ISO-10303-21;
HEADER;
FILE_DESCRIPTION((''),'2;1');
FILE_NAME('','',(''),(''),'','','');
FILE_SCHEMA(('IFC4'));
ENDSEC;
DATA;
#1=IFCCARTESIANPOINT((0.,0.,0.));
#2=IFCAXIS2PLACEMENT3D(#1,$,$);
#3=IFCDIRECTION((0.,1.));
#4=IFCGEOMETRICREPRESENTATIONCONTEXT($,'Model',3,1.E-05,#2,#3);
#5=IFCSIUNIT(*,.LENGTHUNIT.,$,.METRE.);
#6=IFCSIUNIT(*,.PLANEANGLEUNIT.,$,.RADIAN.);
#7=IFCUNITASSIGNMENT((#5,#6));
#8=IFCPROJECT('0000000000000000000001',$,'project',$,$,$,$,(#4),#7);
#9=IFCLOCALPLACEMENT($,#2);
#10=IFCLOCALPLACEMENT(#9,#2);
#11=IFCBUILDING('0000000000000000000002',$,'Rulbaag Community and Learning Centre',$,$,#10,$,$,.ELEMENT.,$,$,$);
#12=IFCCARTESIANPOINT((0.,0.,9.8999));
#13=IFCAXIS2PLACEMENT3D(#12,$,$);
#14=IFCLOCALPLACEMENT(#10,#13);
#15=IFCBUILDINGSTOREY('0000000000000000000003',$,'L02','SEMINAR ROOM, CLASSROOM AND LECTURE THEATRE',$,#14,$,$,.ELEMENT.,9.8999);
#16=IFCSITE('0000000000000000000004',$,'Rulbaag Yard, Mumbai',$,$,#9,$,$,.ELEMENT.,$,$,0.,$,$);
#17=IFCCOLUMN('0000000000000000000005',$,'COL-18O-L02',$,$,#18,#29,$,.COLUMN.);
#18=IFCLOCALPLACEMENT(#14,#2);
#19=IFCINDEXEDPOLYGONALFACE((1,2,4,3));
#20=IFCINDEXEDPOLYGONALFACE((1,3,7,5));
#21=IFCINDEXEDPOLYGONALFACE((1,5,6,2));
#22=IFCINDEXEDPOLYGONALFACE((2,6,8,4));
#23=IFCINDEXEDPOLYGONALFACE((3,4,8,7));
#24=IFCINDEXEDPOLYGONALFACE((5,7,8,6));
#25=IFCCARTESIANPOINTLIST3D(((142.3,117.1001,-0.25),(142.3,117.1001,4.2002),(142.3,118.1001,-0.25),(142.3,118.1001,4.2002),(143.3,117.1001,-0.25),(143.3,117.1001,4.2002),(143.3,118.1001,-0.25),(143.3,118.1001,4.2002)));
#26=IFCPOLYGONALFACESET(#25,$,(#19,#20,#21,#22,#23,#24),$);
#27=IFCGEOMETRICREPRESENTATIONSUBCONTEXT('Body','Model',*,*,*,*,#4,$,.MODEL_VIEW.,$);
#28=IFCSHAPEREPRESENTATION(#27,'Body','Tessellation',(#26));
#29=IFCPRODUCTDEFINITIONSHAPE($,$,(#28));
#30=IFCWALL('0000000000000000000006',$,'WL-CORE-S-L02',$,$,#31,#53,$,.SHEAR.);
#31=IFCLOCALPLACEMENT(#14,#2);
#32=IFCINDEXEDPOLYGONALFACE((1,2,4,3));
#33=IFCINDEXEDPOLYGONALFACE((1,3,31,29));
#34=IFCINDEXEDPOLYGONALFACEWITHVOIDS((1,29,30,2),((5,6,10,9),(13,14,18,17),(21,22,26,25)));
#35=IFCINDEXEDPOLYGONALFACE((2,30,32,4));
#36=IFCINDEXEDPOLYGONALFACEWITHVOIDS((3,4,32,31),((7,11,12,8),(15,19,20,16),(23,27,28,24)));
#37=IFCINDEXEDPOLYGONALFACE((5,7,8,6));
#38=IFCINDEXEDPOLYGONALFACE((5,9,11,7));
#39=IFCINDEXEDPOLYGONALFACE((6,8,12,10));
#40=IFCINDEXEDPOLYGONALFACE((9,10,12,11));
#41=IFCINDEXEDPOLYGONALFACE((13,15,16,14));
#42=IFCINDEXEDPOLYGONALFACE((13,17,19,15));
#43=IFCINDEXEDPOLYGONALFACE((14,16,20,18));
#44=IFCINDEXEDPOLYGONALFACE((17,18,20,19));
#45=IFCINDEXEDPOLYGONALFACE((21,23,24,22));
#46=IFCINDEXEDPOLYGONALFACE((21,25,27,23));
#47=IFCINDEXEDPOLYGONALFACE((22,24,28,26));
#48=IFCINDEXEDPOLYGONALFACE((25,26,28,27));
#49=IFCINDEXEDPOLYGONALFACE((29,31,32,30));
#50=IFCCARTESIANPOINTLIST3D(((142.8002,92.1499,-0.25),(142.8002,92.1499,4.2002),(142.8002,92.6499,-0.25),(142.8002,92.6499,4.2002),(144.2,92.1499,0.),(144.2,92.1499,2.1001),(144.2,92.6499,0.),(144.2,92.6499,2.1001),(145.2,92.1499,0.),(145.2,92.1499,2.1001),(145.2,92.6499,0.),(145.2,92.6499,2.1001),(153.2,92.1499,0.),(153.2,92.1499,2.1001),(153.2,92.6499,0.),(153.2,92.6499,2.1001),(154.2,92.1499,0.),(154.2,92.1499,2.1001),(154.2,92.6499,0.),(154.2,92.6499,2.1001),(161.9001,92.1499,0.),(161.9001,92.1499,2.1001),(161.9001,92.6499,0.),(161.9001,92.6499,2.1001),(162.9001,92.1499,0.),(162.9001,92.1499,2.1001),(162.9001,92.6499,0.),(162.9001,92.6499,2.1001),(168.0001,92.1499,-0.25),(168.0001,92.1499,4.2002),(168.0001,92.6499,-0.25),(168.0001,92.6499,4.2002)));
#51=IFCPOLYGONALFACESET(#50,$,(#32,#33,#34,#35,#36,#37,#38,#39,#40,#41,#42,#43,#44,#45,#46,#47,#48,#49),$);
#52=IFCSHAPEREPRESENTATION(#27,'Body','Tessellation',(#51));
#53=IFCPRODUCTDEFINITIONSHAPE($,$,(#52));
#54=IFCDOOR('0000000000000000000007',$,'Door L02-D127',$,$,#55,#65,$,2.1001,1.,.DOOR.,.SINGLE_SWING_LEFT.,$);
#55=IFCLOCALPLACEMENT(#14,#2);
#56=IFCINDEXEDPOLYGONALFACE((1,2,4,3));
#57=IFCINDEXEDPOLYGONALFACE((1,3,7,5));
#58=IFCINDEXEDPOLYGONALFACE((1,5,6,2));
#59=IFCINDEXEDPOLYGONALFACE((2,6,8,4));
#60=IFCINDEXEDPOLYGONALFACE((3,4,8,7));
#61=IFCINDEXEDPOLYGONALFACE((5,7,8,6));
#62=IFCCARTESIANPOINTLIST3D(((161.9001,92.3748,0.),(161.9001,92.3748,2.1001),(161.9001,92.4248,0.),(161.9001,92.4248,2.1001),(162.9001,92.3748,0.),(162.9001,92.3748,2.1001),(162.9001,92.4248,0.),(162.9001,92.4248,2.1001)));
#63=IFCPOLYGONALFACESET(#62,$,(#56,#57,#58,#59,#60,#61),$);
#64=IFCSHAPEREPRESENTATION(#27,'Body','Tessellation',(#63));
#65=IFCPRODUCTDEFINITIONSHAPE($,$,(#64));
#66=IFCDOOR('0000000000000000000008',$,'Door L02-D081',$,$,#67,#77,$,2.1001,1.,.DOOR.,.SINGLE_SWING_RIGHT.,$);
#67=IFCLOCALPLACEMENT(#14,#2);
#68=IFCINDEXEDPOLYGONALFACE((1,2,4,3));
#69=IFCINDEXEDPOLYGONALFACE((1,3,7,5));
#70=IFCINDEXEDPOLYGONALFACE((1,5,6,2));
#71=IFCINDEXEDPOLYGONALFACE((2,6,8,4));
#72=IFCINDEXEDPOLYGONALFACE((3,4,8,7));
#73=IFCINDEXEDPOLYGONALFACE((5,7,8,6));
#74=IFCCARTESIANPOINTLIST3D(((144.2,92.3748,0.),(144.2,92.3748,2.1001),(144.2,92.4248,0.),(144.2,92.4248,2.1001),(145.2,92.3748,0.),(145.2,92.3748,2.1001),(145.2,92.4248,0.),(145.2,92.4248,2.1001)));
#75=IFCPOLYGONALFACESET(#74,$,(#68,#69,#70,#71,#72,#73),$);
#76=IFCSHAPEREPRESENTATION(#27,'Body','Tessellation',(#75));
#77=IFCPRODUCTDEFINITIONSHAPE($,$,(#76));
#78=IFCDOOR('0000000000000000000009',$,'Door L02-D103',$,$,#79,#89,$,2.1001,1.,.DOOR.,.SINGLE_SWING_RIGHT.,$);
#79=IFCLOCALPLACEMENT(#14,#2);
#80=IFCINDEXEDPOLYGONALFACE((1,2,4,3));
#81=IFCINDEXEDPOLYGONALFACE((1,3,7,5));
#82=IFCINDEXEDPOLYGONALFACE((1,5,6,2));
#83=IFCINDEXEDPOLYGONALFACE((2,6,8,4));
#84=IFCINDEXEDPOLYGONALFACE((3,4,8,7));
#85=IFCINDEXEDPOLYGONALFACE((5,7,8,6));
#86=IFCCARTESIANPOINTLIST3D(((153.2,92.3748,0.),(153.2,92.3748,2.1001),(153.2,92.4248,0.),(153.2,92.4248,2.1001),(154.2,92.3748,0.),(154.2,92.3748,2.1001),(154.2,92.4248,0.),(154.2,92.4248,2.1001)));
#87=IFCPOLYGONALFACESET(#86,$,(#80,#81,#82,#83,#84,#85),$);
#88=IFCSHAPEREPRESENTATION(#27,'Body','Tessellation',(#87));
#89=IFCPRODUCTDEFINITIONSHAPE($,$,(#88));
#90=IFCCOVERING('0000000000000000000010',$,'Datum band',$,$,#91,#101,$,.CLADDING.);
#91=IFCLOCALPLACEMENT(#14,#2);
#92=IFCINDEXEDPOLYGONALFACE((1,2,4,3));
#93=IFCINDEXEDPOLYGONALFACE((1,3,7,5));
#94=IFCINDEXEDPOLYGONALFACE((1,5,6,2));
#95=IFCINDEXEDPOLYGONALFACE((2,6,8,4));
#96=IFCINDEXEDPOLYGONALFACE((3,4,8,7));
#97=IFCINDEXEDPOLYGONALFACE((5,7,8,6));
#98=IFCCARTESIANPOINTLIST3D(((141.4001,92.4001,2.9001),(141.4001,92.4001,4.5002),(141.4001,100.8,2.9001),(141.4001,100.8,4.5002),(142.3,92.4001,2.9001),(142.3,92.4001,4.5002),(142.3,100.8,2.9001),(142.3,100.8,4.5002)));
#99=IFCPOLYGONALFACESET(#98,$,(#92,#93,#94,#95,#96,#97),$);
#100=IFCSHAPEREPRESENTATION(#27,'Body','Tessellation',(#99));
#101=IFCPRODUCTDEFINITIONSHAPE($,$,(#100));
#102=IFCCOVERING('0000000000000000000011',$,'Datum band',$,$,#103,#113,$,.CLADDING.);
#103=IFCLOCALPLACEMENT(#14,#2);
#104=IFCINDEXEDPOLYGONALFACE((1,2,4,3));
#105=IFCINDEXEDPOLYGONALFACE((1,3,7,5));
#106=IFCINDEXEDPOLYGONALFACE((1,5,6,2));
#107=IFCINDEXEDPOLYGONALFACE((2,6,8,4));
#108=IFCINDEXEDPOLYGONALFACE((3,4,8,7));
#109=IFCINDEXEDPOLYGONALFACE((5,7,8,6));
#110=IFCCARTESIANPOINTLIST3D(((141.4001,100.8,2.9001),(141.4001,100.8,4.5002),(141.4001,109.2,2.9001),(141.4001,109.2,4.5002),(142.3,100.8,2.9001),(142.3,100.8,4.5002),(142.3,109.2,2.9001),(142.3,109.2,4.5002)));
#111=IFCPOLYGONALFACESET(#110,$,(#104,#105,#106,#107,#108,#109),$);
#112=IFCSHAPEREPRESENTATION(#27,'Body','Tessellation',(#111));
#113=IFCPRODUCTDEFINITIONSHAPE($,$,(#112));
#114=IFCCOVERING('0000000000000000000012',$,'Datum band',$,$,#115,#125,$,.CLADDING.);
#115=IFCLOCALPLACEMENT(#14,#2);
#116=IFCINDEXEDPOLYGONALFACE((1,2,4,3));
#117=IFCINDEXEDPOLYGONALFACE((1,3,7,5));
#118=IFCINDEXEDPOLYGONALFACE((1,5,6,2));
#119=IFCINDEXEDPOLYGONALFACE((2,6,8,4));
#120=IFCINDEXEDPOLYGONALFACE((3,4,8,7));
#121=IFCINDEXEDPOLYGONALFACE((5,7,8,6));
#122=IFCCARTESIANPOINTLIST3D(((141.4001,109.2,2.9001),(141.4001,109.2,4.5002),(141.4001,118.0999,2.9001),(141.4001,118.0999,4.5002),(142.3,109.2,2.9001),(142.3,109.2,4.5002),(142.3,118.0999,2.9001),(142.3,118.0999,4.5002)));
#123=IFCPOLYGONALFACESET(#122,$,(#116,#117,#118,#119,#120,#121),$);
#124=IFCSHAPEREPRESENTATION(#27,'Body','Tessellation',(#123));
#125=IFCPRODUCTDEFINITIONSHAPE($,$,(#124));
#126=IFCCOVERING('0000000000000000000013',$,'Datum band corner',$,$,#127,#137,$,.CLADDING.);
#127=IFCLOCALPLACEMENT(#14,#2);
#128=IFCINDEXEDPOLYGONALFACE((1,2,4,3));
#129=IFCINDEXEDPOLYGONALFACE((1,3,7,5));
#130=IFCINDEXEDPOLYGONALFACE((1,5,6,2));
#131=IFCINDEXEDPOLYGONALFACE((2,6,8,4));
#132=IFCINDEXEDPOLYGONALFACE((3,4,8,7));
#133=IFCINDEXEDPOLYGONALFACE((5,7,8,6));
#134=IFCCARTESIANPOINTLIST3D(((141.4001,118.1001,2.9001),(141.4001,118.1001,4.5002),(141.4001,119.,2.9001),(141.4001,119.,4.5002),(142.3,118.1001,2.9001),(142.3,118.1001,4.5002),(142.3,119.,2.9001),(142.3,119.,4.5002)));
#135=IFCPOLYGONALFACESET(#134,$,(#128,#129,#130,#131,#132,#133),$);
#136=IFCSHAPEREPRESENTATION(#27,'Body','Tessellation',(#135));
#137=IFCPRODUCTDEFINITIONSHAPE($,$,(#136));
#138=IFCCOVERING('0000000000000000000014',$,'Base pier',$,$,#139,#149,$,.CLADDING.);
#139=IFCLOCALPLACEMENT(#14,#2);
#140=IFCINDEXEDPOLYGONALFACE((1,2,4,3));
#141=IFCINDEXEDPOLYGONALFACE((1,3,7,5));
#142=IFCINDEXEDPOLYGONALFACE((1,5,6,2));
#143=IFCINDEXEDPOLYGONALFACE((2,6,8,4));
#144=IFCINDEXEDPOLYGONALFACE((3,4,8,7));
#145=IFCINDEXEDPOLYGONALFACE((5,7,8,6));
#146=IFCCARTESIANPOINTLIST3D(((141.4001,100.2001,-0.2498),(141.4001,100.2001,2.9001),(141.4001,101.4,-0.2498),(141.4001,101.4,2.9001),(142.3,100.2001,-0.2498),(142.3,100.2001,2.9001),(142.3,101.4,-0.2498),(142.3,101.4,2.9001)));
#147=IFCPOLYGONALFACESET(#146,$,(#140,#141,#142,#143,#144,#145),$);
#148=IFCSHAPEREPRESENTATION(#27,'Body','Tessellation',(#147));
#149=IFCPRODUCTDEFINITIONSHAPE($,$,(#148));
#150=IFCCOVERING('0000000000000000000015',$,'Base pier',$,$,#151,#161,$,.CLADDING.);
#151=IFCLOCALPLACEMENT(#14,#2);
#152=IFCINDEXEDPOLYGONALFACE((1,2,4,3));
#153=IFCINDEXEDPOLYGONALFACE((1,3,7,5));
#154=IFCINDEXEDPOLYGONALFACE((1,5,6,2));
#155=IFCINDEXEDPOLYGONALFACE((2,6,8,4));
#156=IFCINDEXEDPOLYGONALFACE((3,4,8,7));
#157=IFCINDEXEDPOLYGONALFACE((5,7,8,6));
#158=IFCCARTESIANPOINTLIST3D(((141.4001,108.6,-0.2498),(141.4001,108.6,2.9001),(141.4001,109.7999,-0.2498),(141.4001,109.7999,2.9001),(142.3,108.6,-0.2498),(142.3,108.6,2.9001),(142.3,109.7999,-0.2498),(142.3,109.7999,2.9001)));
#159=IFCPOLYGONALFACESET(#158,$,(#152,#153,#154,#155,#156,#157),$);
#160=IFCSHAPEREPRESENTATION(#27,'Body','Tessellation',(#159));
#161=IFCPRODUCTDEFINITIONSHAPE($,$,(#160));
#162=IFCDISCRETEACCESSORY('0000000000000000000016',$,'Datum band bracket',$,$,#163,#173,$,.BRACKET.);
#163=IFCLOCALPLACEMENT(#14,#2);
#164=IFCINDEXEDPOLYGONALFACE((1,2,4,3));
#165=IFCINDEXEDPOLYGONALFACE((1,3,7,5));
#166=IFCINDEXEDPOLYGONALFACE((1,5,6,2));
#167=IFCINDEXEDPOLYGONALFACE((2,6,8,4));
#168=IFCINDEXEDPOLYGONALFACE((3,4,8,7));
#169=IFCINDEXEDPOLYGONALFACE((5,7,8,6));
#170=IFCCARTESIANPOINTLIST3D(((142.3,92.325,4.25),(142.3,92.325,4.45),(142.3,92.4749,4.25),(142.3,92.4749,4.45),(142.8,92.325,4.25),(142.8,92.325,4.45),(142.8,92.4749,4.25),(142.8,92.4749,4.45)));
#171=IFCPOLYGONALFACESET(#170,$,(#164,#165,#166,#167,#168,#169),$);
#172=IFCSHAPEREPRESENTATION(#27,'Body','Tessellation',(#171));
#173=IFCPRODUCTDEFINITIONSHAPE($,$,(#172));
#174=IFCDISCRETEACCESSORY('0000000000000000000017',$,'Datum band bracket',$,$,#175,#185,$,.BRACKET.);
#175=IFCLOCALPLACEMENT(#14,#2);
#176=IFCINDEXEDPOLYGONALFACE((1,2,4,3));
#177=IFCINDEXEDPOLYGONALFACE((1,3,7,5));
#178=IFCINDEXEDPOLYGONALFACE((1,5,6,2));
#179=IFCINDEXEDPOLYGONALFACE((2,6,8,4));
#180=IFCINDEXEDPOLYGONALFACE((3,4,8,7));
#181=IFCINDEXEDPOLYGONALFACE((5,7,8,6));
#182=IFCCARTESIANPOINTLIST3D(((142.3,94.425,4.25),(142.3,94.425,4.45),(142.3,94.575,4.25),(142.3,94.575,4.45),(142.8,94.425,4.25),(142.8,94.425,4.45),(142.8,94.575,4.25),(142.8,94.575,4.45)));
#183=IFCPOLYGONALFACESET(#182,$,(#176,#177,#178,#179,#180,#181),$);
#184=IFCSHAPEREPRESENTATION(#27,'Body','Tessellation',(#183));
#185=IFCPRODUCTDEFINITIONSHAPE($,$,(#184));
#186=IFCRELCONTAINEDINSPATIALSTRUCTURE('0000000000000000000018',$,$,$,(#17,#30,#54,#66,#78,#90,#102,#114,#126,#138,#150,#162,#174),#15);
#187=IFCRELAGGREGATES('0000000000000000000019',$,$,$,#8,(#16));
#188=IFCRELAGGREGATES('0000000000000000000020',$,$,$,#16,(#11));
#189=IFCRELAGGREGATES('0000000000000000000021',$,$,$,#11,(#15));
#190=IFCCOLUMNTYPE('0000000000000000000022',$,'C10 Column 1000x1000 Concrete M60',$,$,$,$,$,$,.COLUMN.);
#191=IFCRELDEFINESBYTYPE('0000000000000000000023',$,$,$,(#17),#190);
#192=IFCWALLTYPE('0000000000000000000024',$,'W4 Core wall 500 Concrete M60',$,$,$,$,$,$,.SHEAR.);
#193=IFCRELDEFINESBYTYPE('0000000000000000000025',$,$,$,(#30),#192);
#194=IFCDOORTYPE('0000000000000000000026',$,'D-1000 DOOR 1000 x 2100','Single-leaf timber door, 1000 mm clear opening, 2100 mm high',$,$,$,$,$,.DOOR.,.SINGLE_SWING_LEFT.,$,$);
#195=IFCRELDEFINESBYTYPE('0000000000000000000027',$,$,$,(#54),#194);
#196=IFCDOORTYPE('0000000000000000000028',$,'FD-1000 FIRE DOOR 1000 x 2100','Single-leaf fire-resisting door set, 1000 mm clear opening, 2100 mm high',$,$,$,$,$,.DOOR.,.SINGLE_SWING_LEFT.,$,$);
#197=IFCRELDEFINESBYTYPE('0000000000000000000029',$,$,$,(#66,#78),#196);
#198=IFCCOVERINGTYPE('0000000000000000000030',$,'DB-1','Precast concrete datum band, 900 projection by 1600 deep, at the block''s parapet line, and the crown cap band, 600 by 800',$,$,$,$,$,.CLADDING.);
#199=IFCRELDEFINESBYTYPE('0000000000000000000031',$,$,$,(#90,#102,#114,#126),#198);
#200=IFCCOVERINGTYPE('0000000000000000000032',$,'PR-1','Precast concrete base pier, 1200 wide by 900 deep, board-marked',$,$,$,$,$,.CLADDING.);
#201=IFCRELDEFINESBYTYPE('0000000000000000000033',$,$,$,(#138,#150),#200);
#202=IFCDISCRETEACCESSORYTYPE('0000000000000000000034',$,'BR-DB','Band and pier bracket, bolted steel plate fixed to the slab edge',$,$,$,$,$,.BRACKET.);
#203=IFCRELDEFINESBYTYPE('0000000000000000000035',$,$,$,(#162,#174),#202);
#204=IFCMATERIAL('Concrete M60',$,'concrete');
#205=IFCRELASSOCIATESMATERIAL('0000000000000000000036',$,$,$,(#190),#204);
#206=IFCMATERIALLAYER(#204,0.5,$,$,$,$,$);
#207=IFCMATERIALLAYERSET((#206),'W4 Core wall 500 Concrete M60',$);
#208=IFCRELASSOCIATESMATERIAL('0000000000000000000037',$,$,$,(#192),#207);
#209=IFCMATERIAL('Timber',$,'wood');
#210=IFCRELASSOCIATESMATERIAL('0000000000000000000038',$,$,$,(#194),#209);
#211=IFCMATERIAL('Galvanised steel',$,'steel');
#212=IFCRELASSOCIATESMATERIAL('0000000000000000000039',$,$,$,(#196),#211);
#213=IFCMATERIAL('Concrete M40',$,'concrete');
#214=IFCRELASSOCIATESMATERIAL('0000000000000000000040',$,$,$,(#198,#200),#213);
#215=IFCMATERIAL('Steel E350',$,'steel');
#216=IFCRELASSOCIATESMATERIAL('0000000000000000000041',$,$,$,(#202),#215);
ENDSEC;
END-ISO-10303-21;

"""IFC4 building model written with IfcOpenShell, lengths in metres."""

from ifc_helpers import new_model, si_unit, direction, frame, frame_2d, origin, origin_2d, place, context, subcontext, project, spatial, rectangle, extrude, material, layer, layer_set, material_profile, profile_set, type_object, element, fill, save


model = new_model("IFC4")

# Units and contexts
model_context = context("Model", 3, precision=1e-05, world=origin(), true_north=direction((0.0, 1.0)))
body_context = subcontext(model_context, "Body", "Model", "MODEL_VIEW")
ifc_project = project(units=[si_unit("LENGTHUNIT", "METRE"), si_unit("PLANEANGLEUNIT", "RADIAN")], contexts=[model_context])

# Site, building, storey
site_placement = place(None, origin())
site = spatial("IfcSite", under=ifc_project, at=site_placement, Name="Rulbaag Yard, Mumbai", CompositionType="ELEMENT", RefElevation=0.0)
building_placement = place(site_placement, origin())
building = spatial("IfcBuilding", under=site, at=building_placement, Name="Rulbaag Community and Learning Centre", CompositionType="ELEMENT")
storey_placement = place(building_placement, frame((0.0, 0.0, 9.8999)))
storey = spatial("IfcBuildingStorey", under=building, at=storey_placement, Name="L02", Description="SEMINAR ROOM, CLASSROOM AND LECTURE THEATRE", CompositionType="ELEMENT", Elevation=9.8999)

# Column
ifc_material_1 = material(Name="Concrete M60", Category="concrete")
ifc_material_profile = material_profile(ifc_material_1, rectangle(XDim=1.0, YDim=1.0, at=origin_2d()), Name="RC1000x1000")
ifc_profile_set = profile_set([ifc_material_profile], Name="Concrete M60")
column_type = type_object("IfcColumnType", Name="C10 Column 1000x1000 Concrete M60", PredefinedType="COLUMN", material=ifc_profile_set)
column_placement = place(storey_placement, frame((142.8, 117.6001, -0.25), z_axis=(0.0, 0.0, 1.0), x_axis=(1.0, 0.0, 0.0)))
element("IfcColumn", 1, at=column_placement, inside=storey, type_object=column_type, Name="COL-18O-L02", PredefinedType="COLUMN", context=body_context, shape_type="SweptSolid", body=[
    extrude(rectangle(XDim=1.0, YDim=1.0, at=origin_2d()), origin(), (0.0, 0.0, 1.0), 4.4502),
])

# Wall, openings, doors
ifc_layer = layer(ifc_material_1, 0.5)
ifc_layer_set = layer_set([ifc_layer], Name="W4 Core wall 500 Concrete M60")
wall_type = type_object("IfcWallType", Name="W4 Core wall 500 Concrete M60", PredefinedType="SHEAR", material=ifc_layer_set)
wall_placement = place(storey_placement, frame((142.8, 92.3999, -0.25), z_axis=(0.0, 0.0, 1.0), x_axis=(1.0, 0.0, 0.0)))
wall = element("IfcWall", 2, at=wall_placement, inside=storey, type_object=wall_type, Name="WL-CORE-S-L02", PredefinedType="SHEAR", context=body_context, shape_type="SweptSolid", body=[
    extrude(rectangle(XDim=25.2, YDim=0.5, at=frame_2d((12.6001, 0.0))), origin(), (0.0, 0.0, 1.0), 4.4502),
])
opening_1_placement = place(wall_placement, frame((1.3999, 0.0, 0.25)))
opening_1 = element("IfcOpeningElement", 3, at=opening_1_placement, cuts=wall, PredefinedType="OPENING", context=body_context, shape_type="SweptSolid", body=[
    extrude(rectangle(XDim=1.0, YDim=2.1001, at=frame_2d((0.5, 1.05))), frame((0.0, 0.26, 0.0), z_axis=(0.0, -1.0, 0.0), x_axis=(1.0, 0.0, 0.0)), (0.0, 0.0, 1.0), 0.52),
])
opening_2_placement = place(wall_placement, frame((19.1001, 0.0, 0.25)))
opening_2 = element("IfcOpeningElement", 4, at=opening_2_placement, cuts=wall, PredefinedType="OPENING", context=body_context, shape_type="SweptSolid", body=[
    extrude(rectangle(XDim=1.0, YDim=2.1001, at=frame_2d((0.5, 1.05))), frame((0.0, 0.26, 0.0), z_axis=(0.0, -1.0, 0.0), x_axis=(1.0, 0.0, 0.0)), (0.0, 0.0, 1.0), 0.52),
])
opening_3_placement = place(wall_placement, frame((10.3999, 0.0, 0.25)))
opening_3 = element("IfcOpeningElement", 5, at=opening_3_placement, cuts=wall, PredefinedType="OPENING", context=body_context, shape_type="SweptSolid", body=[
    extrude(rectangle(XDim=1.0, YDim=2.1001, at=frame_2d((0.5, 1.05))), frame((0.0, 0.26, 0.0), z_axis=(0.0, -1.0, 0.0), x_axis=(1.0, 0.0, 0.0)), (0.0, 0.0, 1.0), 0.52),
])
ifc_material_2 = material(Name="Timber", Category="wood")
door_type_1 = type_object("IfcDoorType", Name="D-1000 DOOR 1000 x 2100", Description="Single-leaf timber door, 1000 mm clear opening, 2100 mm high", OperationType="SINGLE_SWING_LEFT", PredefinedType="DOOR", material=ifc_material_2)
door_1_placement = place(opening_2_placement, origin())
door_1 = element("IfcDoor", 6, at=door_1_placement, inside=storey, type_object=door_type_1, Name="Door L02-D127", OperationType="SINGLE_SWING_LEFT", OverallHeight=2.1001, OverallWidth=1.0, PredefinedType="DOOR", context=body_context, shape_type="SweptSolid", body=[
    extrude(rectangle(XDim=1.0, YDim=2.1001, at=frame_2d((0.5, 1.05))), frame((0.0, 0.0249, 0.0), z_axis=(0.0, -1.0, 0.0), x_axis=(1.0, 0.0, 0.0)), (0.0, 0.0, 1.0), 0.05),
])
fill(opening_2, door_1)
ifc_material_3 = material(Name="Galvanised steel", Category="steel")
door_type_2 = type_object("IfcDoorType", Name="FD-1000 FIRE DOOR 1000 x 2100", Description="Single-leaf fire-resisting door set, 1000 mm clear opening, 2100 mm high", OperationType="SINGLE_SWING_LEFT", PredefinedType="DOOR", material=ifc_material_3)
door_2_placement = place(opening_1_placement, origin())
door_2 = element("IfcDoor", 7, at=door_2_placement, inside=storey, type_object=door_type_2, Name="Door L02-D081", OperationType="SINGLE_SWING_RIGHT", OverallHeight=2.1001, OverallWidth=1.0, PredefinedType="DOOR", context=body_context, shape_type="SweptSolid", body=[
    extrude(rectangle(XDim=1.0, YDim=2.1001, at=frame_2d((0.5, 1.05))), frame((0.0, 0.0249, 0.0), z_axis=(0.0, -1.0, 0.0), x_axis=(1.0, 0.0, 0.0)), (0.0, 0.0, 1.0), 0.05),
])
fill(opening_1, door_2)
door_3_placement = place(opening_3_placement, origin())
door_3 = element("IfcDoor", 8, at=door_3_placement, inside=storey, type_object=door_type_2, Name="Door L02-D103", OperationType="SINGLE_SWING_RIGHT", OverallHeight=2.1001, OverallWidth=1.0, PredefinedType="DOOR", context=body_context, shape_type="SweptSolid", body=[
    extrude(rectangle(XDim=1.0, YDim=2.1001, at=frame_2d((0.5, 1.05))), frame((0.0, 0.0249, 0.0), z_axis=(0.0, -1.0, 0.0), x_axis=(1.0, 0.0, 0.0)), (0.0, 0.0, 1.0), 0.05),
])
fill(opening_3, door_3)

# Coverings
ifc_material_4 = material(Name="Concrete M40", Category="concrete")
covering_type_1 = type_object("IfcCoveringType", Name="DB-1", Description="Precast concrete datum band, 900 projection by 1600 deep, at the block's parapet line, and the crown cap band, 600 by 800", PredefinedType="CLADDING", material=ifc_material_4)
for number, where, z_axis, x_axis, name in (
    (9, (141.8501, 96.6001, 2.9001), (0.0, 0.0, 1.0), (1.0, 0.0, 0.0), "Datum band"),
    (10, (141.8501, 105.0, 2.9001), (0.0, 0.0, 1.0), (1.0, 0.0, 0.0), "Datum band"),
):
    element("IfcCovering", number, at=place(storey_placement, frame(where, z_axis=z_axis, x_axis=x_axis)), inside=storey, type_object=covering_type_1, Name=name, PredefinedType="CLADDING", context=body_context, shape_type="SweptSolid", body=[
        extrude(rectangle(XDim=0.8999, YDim=8.3999, at=origin_2d()), origin(), (0.0, 0.0, 1.0), 1.6001),
    ])
covering_1_placement = place(storey_placement, frame((141.8501, 113.6499, 2.9001), z_axis=(0.0, 0.0, 1.0), x_axis=(1.0, 0.0, 0.0)))
element("IfcCovering", 11, at=covering_1_placement, inside=storey, type_object=covering_type_1, Name="Datum band", PredefinedType="CLADDING", context=body_context, shape_type="SweptSolid", body=[
    extrude(rectangle(XDim=0.8999, YDim=8.8999, at=origin_2d()), origin(), (0.0, 0.0, 1.0), 1.6001),
])
covering_2_placement = place(storey_placement, frame((141.8501, 118.55, 2.9001), z_axis=(0.0, 0.0, 1.0), x_axis=(1.0, 0.0, 0.0)))
element("IfcCovering", 12, at=covering_2_placement, inside=storey, type_object=covering_type_1, Name="Datum band corner", PredefinedType="CLADDING", context=body_context, shape_type="SweptSolid", body=[
    extrude(rectangle(XDim=0.8999, YDim=0.8999, at=origin_2d()), origin(), (0.0, 0.0, 1.0), 1.6001),
])
covering_type_2 = type_object("IfcCoveringType", Name="PR-1", Description="Precast concrete base pier, 1200 wide by 900 deep, board-marked", PredefinedType="CLADDING", material=ifc_material_4)
for number, where, z_axis, x_axis, name in (
    (13, (141.8501, 100.8, -0.2498), (0.0, 0.0, 1.0), (1.0, 0.0, 0.0), "Base pier"),
    (14, (141.8501, 109.2, -0.2498), (0.0, 0.0, 1.0), (1.0, 0.0, 0.0), "Base pier"),
):
    element("IfcCovering", number, at=place(storey_placement, frame(where, z_axis=z_axis, x_axis=x_axis)), inside=storey, type_object=covering_type_2, Name=name, PredefinedType="CLADDING", context=body_context, shape_type="SweptSolid", body=[
        extrude(rectangle(XDim=0.8999, YDim=1.2, at=origin_2d()), origin(), (0.0, 0.0, 1.0), 3.1499),
    ])

# Discrete accessories
ifc_material_5 = material(Name="Steel E350", Category="steel")
discrete_accessory_type = type_object("IfcDiscreteAccessoryType", Name="BR-DB", Description="Band and pier bracket, bolted steel plate fixed to the slab edge", PredefinedType="BRACKET", material=ifc_material_5)
for number, where, z_axis, x_axis, name in (
    (15, (142.55, 92.3999, 4.25), (0.0, 0.0, 1.0), (1.0, 0.0, 0.0), "Datum band bracket"),
    (16, (142.55, 94.5, 4.25), (0.0, 0.0, 1.0), (1.0, 0.0, 0.0), "Datum band bracket"),
):
    element("IfcDiscreteAccessory", number, at=place(storey_placement, frame(where, z_axis=z_axis, x_axis=x_axis)), inside=storey, type_object=discrete_accessory_type, Name=name, PredefinedType="BRACKET", context=body_context, shape_type="SweptSolid", body=[
        extrude(rectangle(XDim=0.5, YDim=0.1499, at=origin_2d()), origin(), (0.0, 0.0, 1.0), 0.2),
    ])

save(model, "model.ifc")
